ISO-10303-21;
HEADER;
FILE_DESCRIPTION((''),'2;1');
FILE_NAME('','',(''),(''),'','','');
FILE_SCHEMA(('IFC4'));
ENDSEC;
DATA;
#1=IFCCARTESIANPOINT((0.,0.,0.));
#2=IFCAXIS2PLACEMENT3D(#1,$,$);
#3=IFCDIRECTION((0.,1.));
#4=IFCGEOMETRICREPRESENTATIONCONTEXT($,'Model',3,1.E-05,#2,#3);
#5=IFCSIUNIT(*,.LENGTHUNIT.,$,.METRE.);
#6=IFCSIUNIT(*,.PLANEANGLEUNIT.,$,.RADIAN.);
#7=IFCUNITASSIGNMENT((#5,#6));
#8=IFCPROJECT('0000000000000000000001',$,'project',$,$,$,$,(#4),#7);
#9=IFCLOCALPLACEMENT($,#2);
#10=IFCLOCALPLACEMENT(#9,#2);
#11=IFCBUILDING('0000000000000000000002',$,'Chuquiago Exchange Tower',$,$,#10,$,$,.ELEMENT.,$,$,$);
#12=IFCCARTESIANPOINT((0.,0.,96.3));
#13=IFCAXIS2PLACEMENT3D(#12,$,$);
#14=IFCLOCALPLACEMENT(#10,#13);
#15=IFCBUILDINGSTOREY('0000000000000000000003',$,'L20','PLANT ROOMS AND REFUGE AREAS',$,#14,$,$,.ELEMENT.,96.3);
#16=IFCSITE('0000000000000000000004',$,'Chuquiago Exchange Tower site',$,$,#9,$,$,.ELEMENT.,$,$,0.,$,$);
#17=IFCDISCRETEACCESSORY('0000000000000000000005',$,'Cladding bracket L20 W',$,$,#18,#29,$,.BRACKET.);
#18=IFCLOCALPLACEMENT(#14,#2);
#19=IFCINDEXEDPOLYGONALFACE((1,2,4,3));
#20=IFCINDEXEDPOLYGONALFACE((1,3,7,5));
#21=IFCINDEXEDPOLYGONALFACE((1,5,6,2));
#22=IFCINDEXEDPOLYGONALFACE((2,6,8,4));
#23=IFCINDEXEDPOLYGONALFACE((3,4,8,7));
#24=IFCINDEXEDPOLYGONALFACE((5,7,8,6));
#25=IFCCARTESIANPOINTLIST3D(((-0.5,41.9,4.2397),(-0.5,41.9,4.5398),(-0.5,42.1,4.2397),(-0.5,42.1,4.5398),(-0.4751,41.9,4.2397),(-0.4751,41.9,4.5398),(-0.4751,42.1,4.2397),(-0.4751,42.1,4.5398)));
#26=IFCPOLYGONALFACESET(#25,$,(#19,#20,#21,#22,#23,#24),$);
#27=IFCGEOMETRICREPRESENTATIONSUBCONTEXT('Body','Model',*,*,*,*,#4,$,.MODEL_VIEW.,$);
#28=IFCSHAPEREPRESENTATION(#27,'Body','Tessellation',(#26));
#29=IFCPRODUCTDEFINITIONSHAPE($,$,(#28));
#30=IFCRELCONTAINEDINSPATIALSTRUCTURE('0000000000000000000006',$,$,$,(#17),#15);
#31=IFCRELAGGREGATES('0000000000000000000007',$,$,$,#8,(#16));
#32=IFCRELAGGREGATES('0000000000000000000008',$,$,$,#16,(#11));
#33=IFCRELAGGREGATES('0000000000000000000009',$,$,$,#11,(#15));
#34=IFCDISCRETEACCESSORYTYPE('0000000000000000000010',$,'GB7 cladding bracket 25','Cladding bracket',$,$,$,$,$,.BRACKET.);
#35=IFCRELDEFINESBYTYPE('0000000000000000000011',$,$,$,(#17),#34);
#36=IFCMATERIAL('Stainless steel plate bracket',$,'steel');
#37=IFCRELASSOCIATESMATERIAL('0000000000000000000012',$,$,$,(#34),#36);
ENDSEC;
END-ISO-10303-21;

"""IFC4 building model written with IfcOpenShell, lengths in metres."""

from ifc_helpers import new_model, si_unit, direction, frame, origin, origin_2d, place, context, subcontext, project, spatial, rectangle, extrude, material, type_object, element, save


model = new_model("IFC4")

# Units and contexts
model_context = context("Model", 3, precision=1e-05, world=origin(), true_north=direction((0.0, 1.0)))
body_context = subcontext(model_context, "Body", "Model", "MODEL_VIEW")
ifc_project = project(units=[si_unit("LENGTHUNIT", "METRE"), si_unit("PLANEANGLEUNIT", "RADIAN")], contexts=[model_context])

# Site, building, storey
site_placement = place(None, origin())
site = spatial("IfcSite", under=ifc_project, at=site_placement, Name="Chuquiago Exchange Tower site", CompositionType="ELEMENT", RefElevation=0.0)
building_placement = place(site_placement, origin())
building = spatial("IfcBuilding", under=site, at=building_placement, Name="Chuquiago Exchange Tower", CompositionType="ELEMENT")
storey_placement = place(building_placement, frame((0.0, 0.0, 96.3)))
storey = spatial("IfcBuildingStorey", under=building, at=storey_placement, Name="L20", Description="PLANT ROOMS AND REFUGE AREAS", CompositionType="ELEMENT", Elevation=96.3)

# Discrete accessory
ifc_material_1 = material(Name="Stainless steel plate bracket", Category="steel")
discrete_accessory_type_1 = type_object("IfcDiscreteAccessoryType", Name="GB7 cladding bracket 25", Description="Cladding bracket", PredefinedType="BRACKET", material=ifc_material_1)
for number, where, z_axis, x_axis, name in (
    (1, (-0.4875, 42.0, 4.2397), (0.0, 0.0, 1.0), (0.0, -1.0, 0.0), "Cladding bracket L20 W"),
):
    element("IfcDiscreteAccessory", number, at=place(storey_placement, frame(where, z_axis=z_axis, x_axis=x_axis)), inside=storey, type_object=discrete_accessory_type_1, Name=name, PredefinedType="BRACKET", context=body_context, shape_type="SweptSolid", body=[
        extrude(rectangle(XDim=0.2, YDim=0.0249, at=origin_2d()), origin(), (0.0, 0.0, 1.0), 0.3),
    ])

save(model, "model.ifc")
